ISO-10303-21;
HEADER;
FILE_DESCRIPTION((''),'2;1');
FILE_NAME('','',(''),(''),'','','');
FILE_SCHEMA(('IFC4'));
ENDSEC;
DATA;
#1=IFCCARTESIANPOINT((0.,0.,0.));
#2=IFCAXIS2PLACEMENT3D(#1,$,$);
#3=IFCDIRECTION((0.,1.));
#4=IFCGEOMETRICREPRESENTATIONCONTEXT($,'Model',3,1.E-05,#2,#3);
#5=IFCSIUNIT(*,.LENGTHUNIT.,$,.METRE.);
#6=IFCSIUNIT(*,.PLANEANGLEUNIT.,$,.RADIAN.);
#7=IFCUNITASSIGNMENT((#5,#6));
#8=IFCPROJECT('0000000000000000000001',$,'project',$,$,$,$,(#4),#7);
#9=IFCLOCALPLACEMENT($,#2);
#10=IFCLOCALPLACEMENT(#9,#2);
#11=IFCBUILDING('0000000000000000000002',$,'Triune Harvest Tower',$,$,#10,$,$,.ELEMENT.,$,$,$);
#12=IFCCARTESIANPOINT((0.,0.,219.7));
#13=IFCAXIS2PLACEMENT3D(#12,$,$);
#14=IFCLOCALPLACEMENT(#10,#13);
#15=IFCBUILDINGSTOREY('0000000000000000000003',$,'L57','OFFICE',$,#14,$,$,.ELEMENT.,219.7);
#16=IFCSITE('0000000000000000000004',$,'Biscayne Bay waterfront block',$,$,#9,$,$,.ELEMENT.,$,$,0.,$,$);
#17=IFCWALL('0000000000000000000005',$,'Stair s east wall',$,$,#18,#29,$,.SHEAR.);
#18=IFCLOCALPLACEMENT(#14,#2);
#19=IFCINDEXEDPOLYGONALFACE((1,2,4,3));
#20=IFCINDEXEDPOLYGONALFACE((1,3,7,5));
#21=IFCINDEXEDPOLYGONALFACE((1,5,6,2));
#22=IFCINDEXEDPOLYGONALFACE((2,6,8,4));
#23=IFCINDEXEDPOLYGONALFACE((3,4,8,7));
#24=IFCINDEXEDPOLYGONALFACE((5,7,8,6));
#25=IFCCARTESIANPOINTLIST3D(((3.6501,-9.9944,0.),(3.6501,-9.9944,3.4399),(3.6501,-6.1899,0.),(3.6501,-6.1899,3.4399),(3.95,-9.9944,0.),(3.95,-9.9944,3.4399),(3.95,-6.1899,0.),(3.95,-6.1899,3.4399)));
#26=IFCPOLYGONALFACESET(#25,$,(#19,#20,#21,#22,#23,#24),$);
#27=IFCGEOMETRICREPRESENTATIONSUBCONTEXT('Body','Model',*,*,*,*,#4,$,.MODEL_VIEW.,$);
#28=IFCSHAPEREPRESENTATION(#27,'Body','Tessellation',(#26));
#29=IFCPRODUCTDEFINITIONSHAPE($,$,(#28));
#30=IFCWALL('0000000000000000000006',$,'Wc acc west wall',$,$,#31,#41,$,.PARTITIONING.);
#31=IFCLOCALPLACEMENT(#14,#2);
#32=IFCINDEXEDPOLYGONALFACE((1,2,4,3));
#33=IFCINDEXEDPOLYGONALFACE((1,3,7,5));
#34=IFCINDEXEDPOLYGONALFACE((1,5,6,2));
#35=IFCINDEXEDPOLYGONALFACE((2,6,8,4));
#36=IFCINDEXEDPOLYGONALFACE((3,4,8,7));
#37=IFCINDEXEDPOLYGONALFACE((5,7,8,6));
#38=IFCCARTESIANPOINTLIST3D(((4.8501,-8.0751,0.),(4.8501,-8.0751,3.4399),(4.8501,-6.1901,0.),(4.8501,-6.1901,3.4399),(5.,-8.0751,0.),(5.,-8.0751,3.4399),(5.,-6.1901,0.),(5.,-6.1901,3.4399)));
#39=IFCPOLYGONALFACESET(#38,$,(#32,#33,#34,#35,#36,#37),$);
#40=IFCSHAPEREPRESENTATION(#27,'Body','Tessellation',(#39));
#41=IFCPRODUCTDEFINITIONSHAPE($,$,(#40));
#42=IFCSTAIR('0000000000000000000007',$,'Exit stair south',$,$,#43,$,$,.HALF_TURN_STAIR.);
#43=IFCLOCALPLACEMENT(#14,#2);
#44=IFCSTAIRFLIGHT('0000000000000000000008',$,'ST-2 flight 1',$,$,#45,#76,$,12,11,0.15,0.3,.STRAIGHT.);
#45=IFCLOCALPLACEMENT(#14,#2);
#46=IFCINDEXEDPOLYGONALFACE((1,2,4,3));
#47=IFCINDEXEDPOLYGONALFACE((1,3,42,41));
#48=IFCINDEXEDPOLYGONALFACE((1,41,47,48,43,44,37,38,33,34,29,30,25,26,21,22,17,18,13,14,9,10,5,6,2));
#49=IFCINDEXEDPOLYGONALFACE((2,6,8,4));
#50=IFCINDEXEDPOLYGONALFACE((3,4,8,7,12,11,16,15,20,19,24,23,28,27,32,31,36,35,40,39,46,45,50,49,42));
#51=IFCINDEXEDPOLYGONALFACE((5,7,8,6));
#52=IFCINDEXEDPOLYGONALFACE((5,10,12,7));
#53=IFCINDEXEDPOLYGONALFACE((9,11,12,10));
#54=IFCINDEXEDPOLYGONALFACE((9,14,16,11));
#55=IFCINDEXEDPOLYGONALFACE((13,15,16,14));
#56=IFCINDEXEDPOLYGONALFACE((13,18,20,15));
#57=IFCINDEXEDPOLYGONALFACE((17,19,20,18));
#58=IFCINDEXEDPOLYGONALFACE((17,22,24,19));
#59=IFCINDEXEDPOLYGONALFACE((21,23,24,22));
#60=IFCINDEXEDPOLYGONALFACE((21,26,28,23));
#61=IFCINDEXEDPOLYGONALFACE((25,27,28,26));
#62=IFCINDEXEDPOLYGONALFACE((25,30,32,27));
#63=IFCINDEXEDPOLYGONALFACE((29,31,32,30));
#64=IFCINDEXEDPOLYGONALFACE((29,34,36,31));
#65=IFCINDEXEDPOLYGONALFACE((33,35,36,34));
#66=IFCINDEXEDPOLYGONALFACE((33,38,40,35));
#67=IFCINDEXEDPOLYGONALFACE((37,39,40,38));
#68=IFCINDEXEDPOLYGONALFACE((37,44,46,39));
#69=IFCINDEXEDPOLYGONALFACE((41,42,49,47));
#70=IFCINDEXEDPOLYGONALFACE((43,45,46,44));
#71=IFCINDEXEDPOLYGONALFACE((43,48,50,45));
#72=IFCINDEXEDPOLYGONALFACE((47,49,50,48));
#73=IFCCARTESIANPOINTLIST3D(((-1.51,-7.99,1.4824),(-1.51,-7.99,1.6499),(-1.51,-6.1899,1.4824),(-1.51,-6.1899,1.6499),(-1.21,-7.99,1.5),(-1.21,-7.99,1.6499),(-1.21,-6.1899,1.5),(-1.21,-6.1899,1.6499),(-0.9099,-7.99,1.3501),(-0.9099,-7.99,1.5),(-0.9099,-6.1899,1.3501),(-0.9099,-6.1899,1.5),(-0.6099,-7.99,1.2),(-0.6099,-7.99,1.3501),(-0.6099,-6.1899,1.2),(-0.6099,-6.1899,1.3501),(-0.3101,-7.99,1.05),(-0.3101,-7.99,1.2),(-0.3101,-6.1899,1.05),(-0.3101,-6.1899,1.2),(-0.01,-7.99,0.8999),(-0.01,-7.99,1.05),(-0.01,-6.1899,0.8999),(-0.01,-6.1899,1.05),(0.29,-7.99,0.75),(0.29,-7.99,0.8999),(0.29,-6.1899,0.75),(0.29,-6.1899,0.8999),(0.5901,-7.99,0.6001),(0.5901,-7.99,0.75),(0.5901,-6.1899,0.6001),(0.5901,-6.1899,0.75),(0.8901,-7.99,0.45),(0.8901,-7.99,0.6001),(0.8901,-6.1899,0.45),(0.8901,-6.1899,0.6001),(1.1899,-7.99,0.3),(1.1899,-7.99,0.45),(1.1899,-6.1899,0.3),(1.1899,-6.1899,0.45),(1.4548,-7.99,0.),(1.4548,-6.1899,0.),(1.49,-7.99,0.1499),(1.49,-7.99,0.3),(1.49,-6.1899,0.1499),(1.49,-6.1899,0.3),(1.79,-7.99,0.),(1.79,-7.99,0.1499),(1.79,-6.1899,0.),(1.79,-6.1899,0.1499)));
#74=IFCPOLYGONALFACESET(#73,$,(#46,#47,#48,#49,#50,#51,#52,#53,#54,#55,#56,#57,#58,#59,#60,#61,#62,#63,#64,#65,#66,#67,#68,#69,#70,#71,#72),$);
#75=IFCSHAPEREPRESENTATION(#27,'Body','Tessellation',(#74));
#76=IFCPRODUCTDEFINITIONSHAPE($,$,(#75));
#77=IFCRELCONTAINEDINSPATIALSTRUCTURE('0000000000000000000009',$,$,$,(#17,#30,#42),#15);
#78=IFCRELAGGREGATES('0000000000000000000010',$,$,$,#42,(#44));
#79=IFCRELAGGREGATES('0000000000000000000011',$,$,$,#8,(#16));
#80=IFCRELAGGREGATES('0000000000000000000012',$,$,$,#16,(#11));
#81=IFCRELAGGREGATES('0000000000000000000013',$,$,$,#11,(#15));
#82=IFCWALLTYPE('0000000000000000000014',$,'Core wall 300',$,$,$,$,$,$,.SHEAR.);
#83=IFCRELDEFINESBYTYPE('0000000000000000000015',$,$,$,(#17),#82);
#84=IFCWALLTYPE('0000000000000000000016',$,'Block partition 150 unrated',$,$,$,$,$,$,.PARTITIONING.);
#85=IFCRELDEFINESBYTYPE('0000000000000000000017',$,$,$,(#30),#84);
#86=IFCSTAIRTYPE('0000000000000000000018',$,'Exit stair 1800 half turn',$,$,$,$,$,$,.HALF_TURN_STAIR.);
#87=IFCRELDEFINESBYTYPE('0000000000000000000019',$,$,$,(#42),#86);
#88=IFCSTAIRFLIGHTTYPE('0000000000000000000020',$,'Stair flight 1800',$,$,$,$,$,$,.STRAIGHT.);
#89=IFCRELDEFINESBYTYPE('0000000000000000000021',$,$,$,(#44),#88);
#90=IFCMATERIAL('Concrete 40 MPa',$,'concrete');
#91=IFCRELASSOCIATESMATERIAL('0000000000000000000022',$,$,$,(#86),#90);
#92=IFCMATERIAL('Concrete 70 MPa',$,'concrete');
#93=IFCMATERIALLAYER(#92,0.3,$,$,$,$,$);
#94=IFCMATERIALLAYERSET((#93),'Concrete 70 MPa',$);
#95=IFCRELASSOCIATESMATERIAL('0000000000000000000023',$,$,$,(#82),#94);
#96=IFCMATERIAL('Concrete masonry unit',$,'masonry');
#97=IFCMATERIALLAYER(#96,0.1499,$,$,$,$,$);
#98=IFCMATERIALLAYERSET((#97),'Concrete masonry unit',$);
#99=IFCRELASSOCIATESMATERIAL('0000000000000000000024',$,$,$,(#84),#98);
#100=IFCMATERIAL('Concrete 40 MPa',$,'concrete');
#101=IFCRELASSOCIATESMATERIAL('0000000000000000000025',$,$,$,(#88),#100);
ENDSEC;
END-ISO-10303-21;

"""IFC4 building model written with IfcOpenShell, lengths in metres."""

from ifc_helpers import new_model, si_unit, direction, frame, frame_2d, origin, place, context, subcontext, project, spatial, polyline, rectangle, outline, extrude, source, transform, mapped, material, layer, layer_set, type_object, element, aggregate, save


model = new_model("IFC4")

# Units and contexts
model_context = context("Model", 3, precision=1e-05, world=origin(), true_north=direction((0.0, 1.0)))
body_context = subcontext(model_context, "Body", "Model", "MODEL_VIEW")
ifc_project = project(units=[si_unit("LENGTHUNIT", "METRE"), si_unit("PLANEANGLEUNIT", "RADIAN")], contexts=[model_context])

# Site, building, storey
site_placement = place(None, origin())
site = spatial("IfcSite", under=ifc_project, at=site_placement, Name="Biscayne Bay waterfront block", CompositionType="ELEMENT", RefElevation=0.0)
building_placement = place(site_placement, origin())
building = spatial("IfcBuilding", under=site, at=building_placement, Name="Triune Harvest Tower", CompositionType="ELEMENT")
storey_placement = place(building_placement, frame((0.0, 0.0, 219.7)))
storey = spatial("IfcBuildingStorey", under=building, at=storey_placement, Name="L57", Description="OFFICE", CompositionType="ELEMENT", Elevation=219.7)

# Shared definitions
ifc_material_1 = material(Name="Concrete 40 MPa", Category="concrete")
stair_type = type_object("IfcStairType", Name="Exit stair 1800 half turn", PredefinedType="HALF_TURN_STAIR", material=ifc_material_1)

# Shared definitions
ifc_material_2 = material(Name="Concrete 70 MPa", Category="concrete")
ifc_layer_1 = layer(ifc_material_2, 0.3)
ifc_layer_set_1 = layer_set([ifc_layer_1], Name="Concrete 70 MPa")
wall_type_1 = type_object("IfcWallType", Name="Core wall 300", PredefinedType="SHEAR", material=ifc_layer_set_1)

# Walls
shared_shape_1 = source(origin(), body_context, "Body", "SweptSolid", [
    extrude(outline(polyline([(3.8, -0.1499), (-0.0044, -0.1499), (-0.0044, 0.1499), (3.8, 0.1499), (3.8, -0.1499)])), origin(), (0.0, 0.0, 1.0), 3.4399),
])
wall_1_placement = place(storey_placement, frame((3.8, -9.99, 0.0), z_axis=(0.0, 0.0, 1.0), x_axis=(0.0, 1.0, 0.0)))
element("IfcWall", 1, at=wall_1_placement, inside=storey, type_object=wall_type_1, Name="Stair s east wall", PredefinedType="SHEAR", context=body_context, shape_type="MappedRepresentation", body=[
    mapped(shared_shape_1, transform((0.0, 0.0, 0.0), scale=1.0)),
])
ifc_material_3 = material(Name="Concrete masonry unit", Category="masonry")
ifc_layer_2 = layer(ifc_material_3, 0.1499)
ifc_layer_set_2 = layer_set([ifc_layer_2], Name="Concrete masonry unit")
wall_type_2 = type_object("IfcWallType", Name="Block partition 150 unrated", PredefinedType="PARTITIONING", material=ifc_layer_set_2)
shared_shape_2 = source(origin(), body_context, "Body", "SweptSolid", [
    extrude(rectangle(XDim=1.885, YDim=0.1499, at=frame_2d((0.9424, 0.0))), origin(), (0.0, 0.0, 1.0), 3.4399),
])
wall_2_placement = place(storey_placement, frame((4.925, -8.075, 0.0), z_axis=(0.0, 0.0, 1.0), x_axis=(0.0, 1.0, 0.0)))
element("IfcWall", 2, at=wall_2_placement, inside=storey, type_object=wall_type_2, Name="Wc acc west wall", PredefinedType="PARTITIONING", context=body_context, shape_type="MappedRepresentation", body=[
    mapped(shared_shape_2, transform((0.0, 0.0, 0.0), scale=1.0)),
])

# Stair, stair flight
stair_1_placement = place(storey_placement, origin())
stair_1 = element("IfcStair", 3, at=stair_1_placement, inside=storey, type_object=stair_type, Name="Exit stair south", PredefinedType="HALF_TURN_STAIR")
ifc_material_4 = material(Name="Concrete 40 MPa", Category="concrete")
stair_flight_type = type_object("IfcStairFlightType", Name="Stair flight 1800", PredefinedType="STRAIGHT", material=ifc_material_4)
shared_shape_3 = source(origin(), body_context, "Body", "SweptSolid", [
    extrude(outline(polyline([(0.0, 0.0), (0.0, 0.1499), (0.3, 0.1499), (0.3, 0.3), (0.6001, 0.3), (0.6001, 0.45), (0.8999, 0.45), (0.8999, 0.6001), (1.2, 0.6001), (1.2, 0.75), (1.5, 0.75), (1.5, 0.8999), (1.8, 0.8999), (1.8, 1.05), (2.1001, 1.05), (2.1001, 1.2), (2.3999, 1.2), (2.3999, 1.3501), (2.7, 1.3501), (2.7, 1.5), (3.0, 1.5), (3.0, 1.6499), (3.3, 1.6499), (3.3, 1.8), (3.3, 1.4824), (0.3352, 0.0), (0.0, 0.0)])), frame((0.0, 0.8999, 0.0), z_axis=(0.0, -1.0, 0.0), x_axis=(1.0, 0.0, 0.0)), (0.0, 0.0, 1.0), 1.8),
])
stair_flight_placement = place(storey_placement, frame((1.79, -7.0901, 0.0), z_axis=(0.0, 0.0, 1.0), x_axis=(-1.0, 0.0, 0.0)))
stair_flight = element("IfcStairFlight", 4, at=stair_flight_placement, type_object=stair_flight_type, Name="ST-2 flight 1", NumberOfRisers=12, NumberOfTreads=11, PredefinedType="STRAIGHT", RiserHeight=0.15, TreadLength=0.3, context=body_context, shape_type="MappedRepresentation", body=[
    mapped(shared_shape_3, transform((0.0, 0.0, 0.0), scale=1.0)),
])
aggregate(stair_1, [stair_flight])

save(model, "model.ifc")
